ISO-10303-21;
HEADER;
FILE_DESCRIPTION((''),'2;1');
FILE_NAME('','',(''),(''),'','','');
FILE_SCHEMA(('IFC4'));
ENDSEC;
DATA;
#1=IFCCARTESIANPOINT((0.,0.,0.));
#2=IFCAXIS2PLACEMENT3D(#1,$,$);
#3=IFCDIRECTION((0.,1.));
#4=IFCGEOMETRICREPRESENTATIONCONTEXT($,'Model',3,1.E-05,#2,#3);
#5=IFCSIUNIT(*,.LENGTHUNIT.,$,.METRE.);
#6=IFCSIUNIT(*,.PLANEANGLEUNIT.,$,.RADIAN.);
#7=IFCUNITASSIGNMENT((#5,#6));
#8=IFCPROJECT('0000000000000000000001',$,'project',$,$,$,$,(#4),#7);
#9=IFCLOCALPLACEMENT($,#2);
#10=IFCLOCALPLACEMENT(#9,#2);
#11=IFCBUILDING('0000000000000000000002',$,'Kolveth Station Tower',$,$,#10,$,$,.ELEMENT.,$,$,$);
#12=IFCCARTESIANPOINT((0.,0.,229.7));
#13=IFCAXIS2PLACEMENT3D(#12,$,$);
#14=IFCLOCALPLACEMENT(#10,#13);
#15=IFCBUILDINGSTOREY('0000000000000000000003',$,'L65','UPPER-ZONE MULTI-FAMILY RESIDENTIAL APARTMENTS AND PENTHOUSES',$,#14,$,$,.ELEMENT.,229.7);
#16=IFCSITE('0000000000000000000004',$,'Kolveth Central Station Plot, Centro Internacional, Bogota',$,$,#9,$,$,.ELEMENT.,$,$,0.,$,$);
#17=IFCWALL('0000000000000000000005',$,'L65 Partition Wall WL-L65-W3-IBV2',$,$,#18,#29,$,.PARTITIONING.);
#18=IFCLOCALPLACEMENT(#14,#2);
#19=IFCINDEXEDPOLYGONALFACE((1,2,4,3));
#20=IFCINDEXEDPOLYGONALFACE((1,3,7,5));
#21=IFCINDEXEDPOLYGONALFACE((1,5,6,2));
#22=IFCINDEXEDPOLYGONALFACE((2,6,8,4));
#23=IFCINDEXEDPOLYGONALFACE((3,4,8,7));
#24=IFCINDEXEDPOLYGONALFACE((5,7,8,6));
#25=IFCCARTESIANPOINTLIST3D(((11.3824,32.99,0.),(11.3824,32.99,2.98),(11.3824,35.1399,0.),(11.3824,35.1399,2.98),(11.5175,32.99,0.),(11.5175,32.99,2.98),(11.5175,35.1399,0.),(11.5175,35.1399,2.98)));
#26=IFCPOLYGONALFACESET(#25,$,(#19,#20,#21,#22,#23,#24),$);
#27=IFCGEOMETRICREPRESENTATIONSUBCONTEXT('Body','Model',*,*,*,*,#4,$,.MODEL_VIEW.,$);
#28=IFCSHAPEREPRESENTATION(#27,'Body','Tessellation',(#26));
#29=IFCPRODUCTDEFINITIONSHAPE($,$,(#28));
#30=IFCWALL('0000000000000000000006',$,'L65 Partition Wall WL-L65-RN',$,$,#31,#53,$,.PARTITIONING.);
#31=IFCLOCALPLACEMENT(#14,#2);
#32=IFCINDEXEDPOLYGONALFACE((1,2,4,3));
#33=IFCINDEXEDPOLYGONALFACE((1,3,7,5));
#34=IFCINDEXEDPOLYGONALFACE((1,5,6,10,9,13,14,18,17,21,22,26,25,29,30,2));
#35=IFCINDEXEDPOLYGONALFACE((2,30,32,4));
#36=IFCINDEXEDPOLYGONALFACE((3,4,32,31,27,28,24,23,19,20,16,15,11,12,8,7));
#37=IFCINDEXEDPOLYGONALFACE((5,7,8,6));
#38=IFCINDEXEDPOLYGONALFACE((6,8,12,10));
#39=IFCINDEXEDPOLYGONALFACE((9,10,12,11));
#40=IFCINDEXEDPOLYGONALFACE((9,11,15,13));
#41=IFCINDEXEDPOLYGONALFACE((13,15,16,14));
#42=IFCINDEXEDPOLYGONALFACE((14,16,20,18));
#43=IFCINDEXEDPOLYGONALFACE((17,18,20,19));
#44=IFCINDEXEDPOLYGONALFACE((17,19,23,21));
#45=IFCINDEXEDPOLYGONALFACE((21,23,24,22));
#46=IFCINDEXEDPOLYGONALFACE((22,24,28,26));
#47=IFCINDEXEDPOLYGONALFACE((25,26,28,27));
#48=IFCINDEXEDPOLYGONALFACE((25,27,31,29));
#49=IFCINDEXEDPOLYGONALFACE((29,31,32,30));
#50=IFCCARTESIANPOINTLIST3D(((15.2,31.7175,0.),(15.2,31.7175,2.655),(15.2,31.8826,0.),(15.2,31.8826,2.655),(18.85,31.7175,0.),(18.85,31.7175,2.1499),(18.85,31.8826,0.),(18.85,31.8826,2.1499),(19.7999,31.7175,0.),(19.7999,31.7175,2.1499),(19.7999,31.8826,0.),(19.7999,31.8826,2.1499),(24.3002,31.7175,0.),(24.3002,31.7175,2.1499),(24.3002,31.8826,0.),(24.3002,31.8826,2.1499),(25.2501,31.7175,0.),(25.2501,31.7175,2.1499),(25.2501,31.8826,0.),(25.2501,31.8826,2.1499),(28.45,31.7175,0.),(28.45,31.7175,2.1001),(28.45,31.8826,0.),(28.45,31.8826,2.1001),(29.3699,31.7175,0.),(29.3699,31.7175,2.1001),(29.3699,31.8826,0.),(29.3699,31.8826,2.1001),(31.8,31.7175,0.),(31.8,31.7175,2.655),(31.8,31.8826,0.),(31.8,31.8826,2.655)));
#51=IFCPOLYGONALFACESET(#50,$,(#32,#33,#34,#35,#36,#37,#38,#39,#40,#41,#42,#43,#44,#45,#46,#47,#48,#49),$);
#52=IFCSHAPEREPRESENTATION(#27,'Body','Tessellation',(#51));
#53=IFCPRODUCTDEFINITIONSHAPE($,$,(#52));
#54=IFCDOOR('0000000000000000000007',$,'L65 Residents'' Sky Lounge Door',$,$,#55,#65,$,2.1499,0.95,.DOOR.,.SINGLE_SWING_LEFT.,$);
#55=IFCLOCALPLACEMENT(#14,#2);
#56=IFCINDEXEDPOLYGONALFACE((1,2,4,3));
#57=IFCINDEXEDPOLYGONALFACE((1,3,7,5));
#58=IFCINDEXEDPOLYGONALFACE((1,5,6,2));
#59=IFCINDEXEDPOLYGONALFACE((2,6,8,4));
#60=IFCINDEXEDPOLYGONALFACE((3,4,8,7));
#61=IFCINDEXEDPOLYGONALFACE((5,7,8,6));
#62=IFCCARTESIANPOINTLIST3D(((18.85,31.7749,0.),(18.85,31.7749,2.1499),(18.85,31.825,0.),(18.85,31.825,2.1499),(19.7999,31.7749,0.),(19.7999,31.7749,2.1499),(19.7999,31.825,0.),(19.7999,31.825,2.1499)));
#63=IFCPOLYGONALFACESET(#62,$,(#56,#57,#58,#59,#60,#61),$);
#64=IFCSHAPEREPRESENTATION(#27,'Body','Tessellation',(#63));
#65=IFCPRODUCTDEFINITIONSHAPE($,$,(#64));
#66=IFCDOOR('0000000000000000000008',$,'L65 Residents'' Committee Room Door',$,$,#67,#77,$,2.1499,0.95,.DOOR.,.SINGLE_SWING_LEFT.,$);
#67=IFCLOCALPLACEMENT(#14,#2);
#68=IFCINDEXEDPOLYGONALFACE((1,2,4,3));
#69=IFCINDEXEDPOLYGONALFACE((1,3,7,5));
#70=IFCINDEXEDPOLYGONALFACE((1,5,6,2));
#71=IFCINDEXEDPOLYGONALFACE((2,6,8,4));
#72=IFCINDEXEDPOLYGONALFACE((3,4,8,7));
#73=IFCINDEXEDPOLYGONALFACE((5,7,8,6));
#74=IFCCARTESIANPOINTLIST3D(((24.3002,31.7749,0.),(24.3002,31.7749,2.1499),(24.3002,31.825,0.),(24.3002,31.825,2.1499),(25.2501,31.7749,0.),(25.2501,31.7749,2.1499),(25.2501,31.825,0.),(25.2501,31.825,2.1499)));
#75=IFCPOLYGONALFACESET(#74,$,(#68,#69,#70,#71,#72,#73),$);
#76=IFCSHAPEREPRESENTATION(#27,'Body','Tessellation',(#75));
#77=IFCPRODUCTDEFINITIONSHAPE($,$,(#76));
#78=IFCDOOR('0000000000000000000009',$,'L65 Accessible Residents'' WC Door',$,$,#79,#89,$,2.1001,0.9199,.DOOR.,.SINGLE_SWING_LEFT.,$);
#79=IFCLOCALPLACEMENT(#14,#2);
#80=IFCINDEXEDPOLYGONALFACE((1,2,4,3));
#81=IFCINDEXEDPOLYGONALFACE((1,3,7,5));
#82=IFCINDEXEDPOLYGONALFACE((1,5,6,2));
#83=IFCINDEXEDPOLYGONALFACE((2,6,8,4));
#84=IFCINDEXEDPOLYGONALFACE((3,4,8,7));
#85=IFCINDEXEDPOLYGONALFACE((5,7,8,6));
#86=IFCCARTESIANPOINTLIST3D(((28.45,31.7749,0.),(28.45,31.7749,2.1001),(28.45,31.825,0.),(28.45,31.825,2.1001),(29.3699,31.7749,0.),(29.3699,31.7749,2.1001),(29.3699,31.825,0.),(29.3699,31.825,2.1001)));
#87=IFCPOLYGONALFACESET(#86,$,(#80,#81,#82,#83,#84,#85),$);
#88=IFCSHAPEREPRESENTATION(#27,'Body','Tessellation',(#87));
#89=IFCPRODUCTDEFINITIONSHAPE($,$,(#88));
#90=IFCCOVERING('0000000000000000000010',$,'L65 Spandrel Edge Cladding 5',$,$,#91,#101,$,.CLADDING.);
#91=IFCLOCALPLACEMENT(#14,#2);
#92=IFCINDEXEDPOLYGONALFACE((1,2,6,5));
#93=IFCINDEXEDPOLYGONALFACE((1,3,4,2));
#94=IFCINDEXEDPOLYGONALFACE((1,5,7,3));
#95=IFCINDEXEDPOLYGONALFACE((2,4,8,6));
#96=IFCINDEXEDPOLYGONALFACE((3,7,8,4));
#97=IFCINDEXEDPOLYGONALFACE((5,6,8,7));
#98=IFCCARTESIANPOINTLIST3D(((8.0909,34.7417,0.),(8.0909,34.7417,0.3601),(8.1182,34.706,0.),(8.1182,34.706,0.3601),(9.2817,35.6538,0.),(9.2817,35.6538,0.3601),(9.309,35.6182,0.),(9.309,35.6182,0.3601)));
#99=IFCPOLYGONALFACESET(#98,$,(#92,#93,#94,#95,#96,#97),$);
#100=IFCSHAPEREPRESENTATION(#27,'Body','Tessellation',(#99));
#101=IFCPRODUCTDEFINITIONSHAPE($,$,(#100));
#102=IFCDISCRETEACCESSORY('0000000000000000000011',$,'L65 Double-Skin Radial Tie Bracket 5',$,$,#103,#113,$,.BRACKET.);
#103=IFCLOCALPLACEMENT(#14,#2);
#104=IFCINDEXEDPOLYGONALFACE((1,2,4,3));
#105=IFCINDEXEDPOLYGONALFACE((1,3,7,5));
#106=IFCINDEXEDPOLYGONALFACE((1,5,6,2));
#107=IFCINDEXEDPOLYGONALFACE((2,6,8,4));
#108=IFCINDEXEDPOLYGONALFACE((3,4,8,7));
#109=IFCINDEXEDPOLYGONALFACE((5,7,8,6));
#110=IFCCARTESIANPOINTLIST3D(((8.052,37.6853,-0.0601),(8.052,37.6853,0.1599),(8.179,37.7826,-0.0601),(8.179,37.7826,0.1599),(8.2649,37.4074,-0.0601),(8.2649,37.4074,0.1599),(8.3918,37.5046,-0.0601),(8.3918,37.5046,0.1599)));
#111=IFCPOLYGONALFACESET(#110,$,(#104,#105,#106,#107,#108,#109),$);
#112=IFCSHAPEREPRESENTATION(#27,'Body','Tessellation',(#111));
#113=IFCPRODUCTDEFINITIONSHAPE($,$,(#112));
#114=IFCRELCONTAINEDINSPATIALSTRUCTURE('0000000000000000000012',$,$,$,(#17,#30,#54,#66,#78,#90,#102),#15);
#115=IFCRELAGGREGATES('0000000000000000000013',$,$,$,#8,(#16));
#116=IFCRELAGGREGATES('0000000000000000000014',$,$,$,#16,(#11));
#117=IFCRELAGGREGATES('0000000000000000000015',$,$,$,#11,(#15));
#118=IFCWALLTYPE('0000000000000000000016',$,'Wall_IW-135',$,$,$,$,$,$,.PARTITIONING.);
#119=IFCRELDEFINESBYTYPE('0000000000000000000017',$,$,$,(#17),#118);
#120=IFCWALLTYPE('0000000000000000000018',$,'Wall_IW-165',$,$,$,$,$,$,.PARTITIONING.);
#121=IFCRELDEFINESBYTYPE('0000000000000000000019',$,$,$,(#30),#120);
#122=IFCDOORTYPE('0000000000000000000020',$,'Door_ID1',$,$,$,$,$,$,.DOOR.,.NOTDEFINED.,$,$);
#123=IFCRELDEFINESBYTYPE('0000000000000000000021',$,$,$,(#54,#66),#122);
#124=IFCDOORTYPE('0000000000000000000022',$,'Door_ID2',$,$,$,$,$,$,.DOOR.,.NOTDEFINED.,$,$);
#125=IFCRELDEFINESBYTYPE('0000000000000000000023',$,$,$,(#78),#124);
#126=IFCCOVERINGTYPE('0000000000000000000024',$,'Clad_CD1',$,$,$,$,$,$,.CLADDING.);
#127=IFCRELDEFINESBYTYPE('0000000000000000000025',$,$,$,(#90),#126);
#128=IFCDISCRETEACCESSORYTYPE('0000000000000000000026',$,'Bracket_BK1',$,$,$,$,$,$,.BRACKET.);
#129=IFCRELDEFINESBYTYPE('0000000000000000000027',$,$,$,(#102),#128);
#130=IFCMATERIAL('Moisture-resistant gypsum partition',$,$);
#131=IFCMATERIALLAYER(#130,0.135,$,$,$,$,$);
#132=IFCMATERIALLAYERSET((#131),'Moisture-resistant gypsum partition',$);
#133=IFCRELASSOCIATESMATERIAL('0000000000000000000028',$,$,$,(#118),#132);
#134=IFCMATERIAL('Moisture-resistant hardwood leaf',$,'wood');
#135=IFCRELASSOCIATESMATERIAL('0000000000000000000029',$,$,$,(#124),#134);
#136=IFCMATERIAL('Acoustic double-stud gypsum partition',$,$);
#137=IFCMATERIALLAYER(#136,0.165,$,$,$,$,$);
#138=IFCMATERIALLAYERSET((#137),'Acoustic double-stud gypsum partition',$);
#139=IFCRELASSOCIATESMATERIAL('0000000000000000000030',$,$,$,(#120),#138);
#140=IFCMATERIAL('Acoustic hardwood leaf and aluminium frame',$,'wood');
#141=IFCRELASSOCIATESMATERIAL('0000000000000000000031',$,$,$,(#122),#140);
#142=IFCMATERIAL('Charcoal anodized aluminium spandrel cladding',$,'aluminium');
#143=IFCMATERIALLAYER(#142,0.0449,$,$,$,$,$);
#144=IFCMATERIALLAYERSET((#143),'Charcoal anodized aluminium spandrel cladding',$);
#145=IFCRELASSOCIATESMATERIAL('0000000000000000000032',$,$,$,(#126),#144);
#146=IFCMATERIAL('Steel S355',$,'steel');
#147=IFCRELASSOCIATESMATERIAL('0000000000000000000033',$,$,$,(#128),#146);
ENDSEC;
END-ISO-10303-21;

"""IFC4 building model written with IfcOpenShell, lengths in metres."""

from ifc_helpers import new_model, si_unit, direction, frame, frame_2d, origin, origin_2d, place, context, subcontext, project, spatial, rectangle, extrude, source, transform, mapped, material, layer, layer_set, type_object, element, fill, save


model = new_model("IFC4")

# Units and contexts
model_context = context("Model", 3, precision=1e-05, world=origin(), true_north=direction((0.0, 1.0)))
body_context = subcontext(model_context, "Body", "Model", "MODEL_VIEW")
ifc_project = project(units=[si_unit("LENGTHUNIT", "METRE"), si_unit("PLANEANGLEUNIT", "RADIAN")], contexts=[model_context])

# Site, building, storey
site_placement = place(None, origin())
site = spatial("IfcSite", under=ifc_project, at=site_placement, Name="Kolveth Central Station Plot, Centro Internacional, Bogota", CompositionType="ELEMENT", RefElevation=0.0)
building_placement = place(site_placement, origin())
building = spatial("IfcBuilding", under=site, at=building_placement, Name="Kolveth Station Tower", CompositionType="ELEMENT")
storey_placement = place(building_placement, frame((0.0, 0.0, 229.7)))
storey = spatial("IfcBuildingStorey", under=building, at=storey_placement, Name="L65", Description="UPPER-ZONE MULTI-FAMILY RESIDENTIAL APARTMENTS AND PENTHOUSES", CompositionType="ELEMENT", Elevation=229.7)

# Shared definitions
ifc_material_1 = material(Name="Steel S355", Category="steel")

# Shared definitions
ifc_material_2 = material(Name="Moisture-resistant gypsum partition")
ifc_layer_1 = layer(ifc_material_2, 0.135)
ifc_layer_set_1 = layer_set([ifc_layer_1], Name="Moisture-resistant gypsum partition")
wall_type_1 = type_object("IfcWallType", Name="Wall_IW-135", PredefinedType="PARTITIONING", material=ifc_layer_set_1)
ifc_material_3 = material(Name="Moisture-resistant hardwood leaf", Category="wood")
door_type_1 = type_object("IfcDoorType", Name="Door_ID2", OperationType="NOTDEFINED", PredefinedType="DOOR", material=ifc_material_3)

# Wall
for number, where, z_axis, x_axis, name in (
    (1, (11.45, 32.99, 0.0), (0.0, 0.0, 1.0), (0.0, 1.0, 0.0), "L65 Partition Wall WL-L65-W3-IBV2"),
):
    element("IfcWall", number, at=place(storey_placement, frame(where, z_axis=z_axis, x_axis=x_axis)), inside=storey, type_object=wall_type_1, Name=name, PredefinedType="PARTITIONING", context=body_context, shape_type="SweptSolid", body=[
        extrude(rectangle(XDim=2.1499, YDim=0.135, at=frame_2d((1.075, 0.0))), origin(), (0.0, 0.0, 1.0), 2.98),
    ])

# Wall, openings, doors
ifc_material_4 = material(Name="Acoustic double-stud gypsum partition")
ifc_layer_2 = layer(ifc_material_4, 0.165)
ifc_layer_set_2 = layer_set([ifc_layer_2], Name="Acoustic double-stud gypsum partition")
wall_type_2 = type_object("IfcWallType", Name="Wall_IW-165", PredefinedType="PARTITIONING", material=ifc_layer_set_2)
wall_1_placement = place(storey_placement, frame((15.2, 31.8, 0.0), z_axis=(0.0, 0.0, 1.0), x_axis=(1.0, 0.0, 0.0)))
wall_1 = element("IfcWall", 2, at=wall_1_placement, inside=storey, type_object=wall_type_2, Name="L65 Partition Wall WL-L65-RN", PredefinedType="PARTITIONING", context=body_context, shape_type="SweptSolid", body=[
    extrude(rectangle(XDim=16.6001, YDim=0.165, at=frame_2d((8.3, 0.0))), origin(), (0.0, 0.0, 1.0), 2.655),
])
opening_1_placement = place(wall_1_placement, frame((3.6499, 0.0, 0.0)))
opening_1 = element("IfcOpeningElement", 3, at=opening_1_placement, cuts=wall_1, PredefinedType="OPENING", context=body_context, shape_type="SweptSolid", body=[
    extrude(rectangle(XDim=0.95, YDim=2.1499, at=frame_2d((0.4751, 1.075))), frame((0.0, 0.0925, 0.0), z_axis=(0.0, -1.0, 0.0), x_axis=(1.0, 0.0, 0.0)), (0.0, 0.0, 1.0), 0.1851),
])
opening_2_placement = place(wall_1_placement, frame((9.1001, 0.0, 0.0)))
opening_2 = element("IfcOpeningElement", 4, at=opening_2_placement, cuts=wall_1, PredefinedType="OPENING", context=body_context, shape_type="SweptSolid", body=[
    extrude(rectangle(XDim=0.95, YDim=2.1499, at=frame_2d((0.4751, 1.075))), frame((0.0, 0.0925, 0.0), z_axis=(0.0, -1.0, 0.0), x_axis=(1.0, 0.0, 0.0)), (0.0, 0.0, 1.0), 0.1851),
])
opening_3_placement = place(wall_1_placement, frame((13.25, 0.0, 0.0)))
opening_3 = element("IfcOpeningElement", 5, at=opening_3_placement, cuts=wall_1, PredefinedType="OPENING", context=body_context, shape_type="SweptSolid", body=[
    extrude(rectangle(XDim=0.9199, YDim=2.1001, at=frame_2d((0.46, 1.05))), frame((0.0, 0.0925, 0.0), z_axis=(0.0, -1.0, 0.0), x_axis=(1.0, 0.0, 0.0)), (0.0, 0.0, 1.0), 0.1851),
])
ifc_material_5 = material(Name="Acoustic hardwood leaf and aluminium frame", Category="wood")
door_type_2 = type_object("IfcDoorType", Name="Door_ID1", OperationType="NOTDEFINED", PredefinedType="DOOR", material=ifc_material_5)
door_1_placement = place(opening_1_placement, origin())
door_1 = element("IfcDoor", 6, at=door_1_placement, inside=storey, type_object=door_type_2, Name="L65 Residents' Sky Lounge Door", OperationType="SINGLE_SWING_LEFT", OverallHeight=2.1499, OverallWidth=0.95, PredefinedType="DOOR", context=body_context, shape_type="SweptSolid", body=[
    extrude(rectangle(XDim=0.95, YDim=2.1499, at=frame_2d((0.4751, 1.075))), frame((0.0, 0.0249, 0.0), z_axis=(0.0, -1.0, 0.0), x_axis=(1.0, 0.0, 0.0)), (0.0, 0.0, 1.0), 0.05),
])
fill(opening_1, door_1)
door_2_placement = place(opening_2_placement, origin())
door_2 = element("IfcDoor", 7, at=door_2_placement, inside=storey, type_object=door_type_2, Name="L65 Residents' Committee Room Door", OperationType="SINGLE_SWING_LEFT", OverallHeight=2.1499, OverallWidth=0.95, PredefinedType="DOOR", context=body_context, shape_type="SweptSolid", body=[
    extrude(rectangle(XDim=0.95, YDim=2.1499, at=frame_2d((0.4751, 1.075))), frame((0.0, 0.0249, 0.0), z_axis=(0.0, -1.0, 0.0), x_axis=(1.0, 0.0, 0.0)), (0.0, 0.0, 1.0), 0.05),
])
fill(opening_2, door_2)
door_3_placement = place(opening_3_placement, origin())
door_3 = element("IfcDoor", 8, at=door_3_placement, inside=storey, type_object=door_type_1, Name="L65 Accessible Residents' WC Door", OperationType="SINGLE_SWING_LEFT", OverallHeight=2.1001, OverallWidth=0.9199, PredefinedType="DOOR", context=body_context, shape_type="SweptSolid", body=[
    extrude(rectangle(XDim=0.9199, YDim=2.1001, at=frame_2d((0.46, 1.05))), frame((0.0, 0.0249, 0.0), z_axis=(0.0, -1.0, 0.0), x_axis=(1.0, 0.0, 0.0)), (0.0, 0.0, 1.0), 0.05),
])
fill(opening_3, door_3)

# Covering
ifc_material_6 = material(Name="Charcoal anodized aluminium spandrel cladding", Category="aluminium")
ifc_layer_3 = layer(ifc_material_6, 0.0449)
ifc_layer_set_3 = layer_set([ifc_layer_3], Name="Charcoal anodized aluminium spandrel cladding")
covering_type = type_object("IfcCoveringType", Name="Clad_CD1", PredefinedType="CLADDING", material=ifc_layer_set_3)
shared_shape_1 = source(origin(), body_context, "Body", "SweptSolid", [
    extrude(rectangle(XDim=1.5, YDim=0.0449, at=origin_2d()), origin(), (0.0, 0.0, 1.0), 0.3601),
])
covering_placement = place(storey_placement, frame((8.7, 35.1799, 0.0), z_axis=(0.0, 0.0, 1.0), x_axis=(-0.793884, -0.608069, 0.0)))
element("IfcCovering", 9, at=covering_placement, inside=storey, type_object=covering_type, Name="L65 Spandrel Edge Cladding 5", PredefinedType="CLADDING", context=body_context, shape_type="MappedRepresentation", body=[
    mapped(shared_shape_1, transform((0.0, 0.0, 0.0), x_axis=(1.0, 0.0, 0.0), y_axis=(0.0, 1.0, 0.0), z_axis=(0.0, 0.0, 1.0), scale=1.0)),
])

# Discrete accessory
discrete_accessory_type = type_object("IfcDiscreteAccessoryType", Name="Bracket_BK1", PredefinedType="BRACKET", material=ifc_material_1)
shared_shape_2 = source(origin(), body_context, "Body", "SweptSolid", [
    extrude(rectangle(XDim=0.3501, YDim=0.1599, at=origin_2d()), origin(), (0.0, 0.0, 1.0), 0.22),
])
discrete_accessory_placement = place(storey_placement, frame((8.2219, 37.595, -0.0601), z_axis=(0.0, 0.0, 1.0), x_axis=(-0.608069, 0.793884, 0.0)))
element("IfcDiscreteAccessory", 10, at=discrete_accessory_placement, inside=storey, type_object=discrete_accessory_type, Name="L65 Double-Skin Radial Tie Bracket 5", PredefinedType="BRACKET", context=body_context, shape_type="MappedRepresentation", body=[
    mapped(shared_shape_2, transform((0.0, 0.0, 0.0), x_axis=(1.0, 0.0, 0.0), y_axis=(0.0, 1.0, 0.0), z_axis=(0.0, 0.0, 1.0), scale=1.0)),
])

save(model, "model.ifc")
